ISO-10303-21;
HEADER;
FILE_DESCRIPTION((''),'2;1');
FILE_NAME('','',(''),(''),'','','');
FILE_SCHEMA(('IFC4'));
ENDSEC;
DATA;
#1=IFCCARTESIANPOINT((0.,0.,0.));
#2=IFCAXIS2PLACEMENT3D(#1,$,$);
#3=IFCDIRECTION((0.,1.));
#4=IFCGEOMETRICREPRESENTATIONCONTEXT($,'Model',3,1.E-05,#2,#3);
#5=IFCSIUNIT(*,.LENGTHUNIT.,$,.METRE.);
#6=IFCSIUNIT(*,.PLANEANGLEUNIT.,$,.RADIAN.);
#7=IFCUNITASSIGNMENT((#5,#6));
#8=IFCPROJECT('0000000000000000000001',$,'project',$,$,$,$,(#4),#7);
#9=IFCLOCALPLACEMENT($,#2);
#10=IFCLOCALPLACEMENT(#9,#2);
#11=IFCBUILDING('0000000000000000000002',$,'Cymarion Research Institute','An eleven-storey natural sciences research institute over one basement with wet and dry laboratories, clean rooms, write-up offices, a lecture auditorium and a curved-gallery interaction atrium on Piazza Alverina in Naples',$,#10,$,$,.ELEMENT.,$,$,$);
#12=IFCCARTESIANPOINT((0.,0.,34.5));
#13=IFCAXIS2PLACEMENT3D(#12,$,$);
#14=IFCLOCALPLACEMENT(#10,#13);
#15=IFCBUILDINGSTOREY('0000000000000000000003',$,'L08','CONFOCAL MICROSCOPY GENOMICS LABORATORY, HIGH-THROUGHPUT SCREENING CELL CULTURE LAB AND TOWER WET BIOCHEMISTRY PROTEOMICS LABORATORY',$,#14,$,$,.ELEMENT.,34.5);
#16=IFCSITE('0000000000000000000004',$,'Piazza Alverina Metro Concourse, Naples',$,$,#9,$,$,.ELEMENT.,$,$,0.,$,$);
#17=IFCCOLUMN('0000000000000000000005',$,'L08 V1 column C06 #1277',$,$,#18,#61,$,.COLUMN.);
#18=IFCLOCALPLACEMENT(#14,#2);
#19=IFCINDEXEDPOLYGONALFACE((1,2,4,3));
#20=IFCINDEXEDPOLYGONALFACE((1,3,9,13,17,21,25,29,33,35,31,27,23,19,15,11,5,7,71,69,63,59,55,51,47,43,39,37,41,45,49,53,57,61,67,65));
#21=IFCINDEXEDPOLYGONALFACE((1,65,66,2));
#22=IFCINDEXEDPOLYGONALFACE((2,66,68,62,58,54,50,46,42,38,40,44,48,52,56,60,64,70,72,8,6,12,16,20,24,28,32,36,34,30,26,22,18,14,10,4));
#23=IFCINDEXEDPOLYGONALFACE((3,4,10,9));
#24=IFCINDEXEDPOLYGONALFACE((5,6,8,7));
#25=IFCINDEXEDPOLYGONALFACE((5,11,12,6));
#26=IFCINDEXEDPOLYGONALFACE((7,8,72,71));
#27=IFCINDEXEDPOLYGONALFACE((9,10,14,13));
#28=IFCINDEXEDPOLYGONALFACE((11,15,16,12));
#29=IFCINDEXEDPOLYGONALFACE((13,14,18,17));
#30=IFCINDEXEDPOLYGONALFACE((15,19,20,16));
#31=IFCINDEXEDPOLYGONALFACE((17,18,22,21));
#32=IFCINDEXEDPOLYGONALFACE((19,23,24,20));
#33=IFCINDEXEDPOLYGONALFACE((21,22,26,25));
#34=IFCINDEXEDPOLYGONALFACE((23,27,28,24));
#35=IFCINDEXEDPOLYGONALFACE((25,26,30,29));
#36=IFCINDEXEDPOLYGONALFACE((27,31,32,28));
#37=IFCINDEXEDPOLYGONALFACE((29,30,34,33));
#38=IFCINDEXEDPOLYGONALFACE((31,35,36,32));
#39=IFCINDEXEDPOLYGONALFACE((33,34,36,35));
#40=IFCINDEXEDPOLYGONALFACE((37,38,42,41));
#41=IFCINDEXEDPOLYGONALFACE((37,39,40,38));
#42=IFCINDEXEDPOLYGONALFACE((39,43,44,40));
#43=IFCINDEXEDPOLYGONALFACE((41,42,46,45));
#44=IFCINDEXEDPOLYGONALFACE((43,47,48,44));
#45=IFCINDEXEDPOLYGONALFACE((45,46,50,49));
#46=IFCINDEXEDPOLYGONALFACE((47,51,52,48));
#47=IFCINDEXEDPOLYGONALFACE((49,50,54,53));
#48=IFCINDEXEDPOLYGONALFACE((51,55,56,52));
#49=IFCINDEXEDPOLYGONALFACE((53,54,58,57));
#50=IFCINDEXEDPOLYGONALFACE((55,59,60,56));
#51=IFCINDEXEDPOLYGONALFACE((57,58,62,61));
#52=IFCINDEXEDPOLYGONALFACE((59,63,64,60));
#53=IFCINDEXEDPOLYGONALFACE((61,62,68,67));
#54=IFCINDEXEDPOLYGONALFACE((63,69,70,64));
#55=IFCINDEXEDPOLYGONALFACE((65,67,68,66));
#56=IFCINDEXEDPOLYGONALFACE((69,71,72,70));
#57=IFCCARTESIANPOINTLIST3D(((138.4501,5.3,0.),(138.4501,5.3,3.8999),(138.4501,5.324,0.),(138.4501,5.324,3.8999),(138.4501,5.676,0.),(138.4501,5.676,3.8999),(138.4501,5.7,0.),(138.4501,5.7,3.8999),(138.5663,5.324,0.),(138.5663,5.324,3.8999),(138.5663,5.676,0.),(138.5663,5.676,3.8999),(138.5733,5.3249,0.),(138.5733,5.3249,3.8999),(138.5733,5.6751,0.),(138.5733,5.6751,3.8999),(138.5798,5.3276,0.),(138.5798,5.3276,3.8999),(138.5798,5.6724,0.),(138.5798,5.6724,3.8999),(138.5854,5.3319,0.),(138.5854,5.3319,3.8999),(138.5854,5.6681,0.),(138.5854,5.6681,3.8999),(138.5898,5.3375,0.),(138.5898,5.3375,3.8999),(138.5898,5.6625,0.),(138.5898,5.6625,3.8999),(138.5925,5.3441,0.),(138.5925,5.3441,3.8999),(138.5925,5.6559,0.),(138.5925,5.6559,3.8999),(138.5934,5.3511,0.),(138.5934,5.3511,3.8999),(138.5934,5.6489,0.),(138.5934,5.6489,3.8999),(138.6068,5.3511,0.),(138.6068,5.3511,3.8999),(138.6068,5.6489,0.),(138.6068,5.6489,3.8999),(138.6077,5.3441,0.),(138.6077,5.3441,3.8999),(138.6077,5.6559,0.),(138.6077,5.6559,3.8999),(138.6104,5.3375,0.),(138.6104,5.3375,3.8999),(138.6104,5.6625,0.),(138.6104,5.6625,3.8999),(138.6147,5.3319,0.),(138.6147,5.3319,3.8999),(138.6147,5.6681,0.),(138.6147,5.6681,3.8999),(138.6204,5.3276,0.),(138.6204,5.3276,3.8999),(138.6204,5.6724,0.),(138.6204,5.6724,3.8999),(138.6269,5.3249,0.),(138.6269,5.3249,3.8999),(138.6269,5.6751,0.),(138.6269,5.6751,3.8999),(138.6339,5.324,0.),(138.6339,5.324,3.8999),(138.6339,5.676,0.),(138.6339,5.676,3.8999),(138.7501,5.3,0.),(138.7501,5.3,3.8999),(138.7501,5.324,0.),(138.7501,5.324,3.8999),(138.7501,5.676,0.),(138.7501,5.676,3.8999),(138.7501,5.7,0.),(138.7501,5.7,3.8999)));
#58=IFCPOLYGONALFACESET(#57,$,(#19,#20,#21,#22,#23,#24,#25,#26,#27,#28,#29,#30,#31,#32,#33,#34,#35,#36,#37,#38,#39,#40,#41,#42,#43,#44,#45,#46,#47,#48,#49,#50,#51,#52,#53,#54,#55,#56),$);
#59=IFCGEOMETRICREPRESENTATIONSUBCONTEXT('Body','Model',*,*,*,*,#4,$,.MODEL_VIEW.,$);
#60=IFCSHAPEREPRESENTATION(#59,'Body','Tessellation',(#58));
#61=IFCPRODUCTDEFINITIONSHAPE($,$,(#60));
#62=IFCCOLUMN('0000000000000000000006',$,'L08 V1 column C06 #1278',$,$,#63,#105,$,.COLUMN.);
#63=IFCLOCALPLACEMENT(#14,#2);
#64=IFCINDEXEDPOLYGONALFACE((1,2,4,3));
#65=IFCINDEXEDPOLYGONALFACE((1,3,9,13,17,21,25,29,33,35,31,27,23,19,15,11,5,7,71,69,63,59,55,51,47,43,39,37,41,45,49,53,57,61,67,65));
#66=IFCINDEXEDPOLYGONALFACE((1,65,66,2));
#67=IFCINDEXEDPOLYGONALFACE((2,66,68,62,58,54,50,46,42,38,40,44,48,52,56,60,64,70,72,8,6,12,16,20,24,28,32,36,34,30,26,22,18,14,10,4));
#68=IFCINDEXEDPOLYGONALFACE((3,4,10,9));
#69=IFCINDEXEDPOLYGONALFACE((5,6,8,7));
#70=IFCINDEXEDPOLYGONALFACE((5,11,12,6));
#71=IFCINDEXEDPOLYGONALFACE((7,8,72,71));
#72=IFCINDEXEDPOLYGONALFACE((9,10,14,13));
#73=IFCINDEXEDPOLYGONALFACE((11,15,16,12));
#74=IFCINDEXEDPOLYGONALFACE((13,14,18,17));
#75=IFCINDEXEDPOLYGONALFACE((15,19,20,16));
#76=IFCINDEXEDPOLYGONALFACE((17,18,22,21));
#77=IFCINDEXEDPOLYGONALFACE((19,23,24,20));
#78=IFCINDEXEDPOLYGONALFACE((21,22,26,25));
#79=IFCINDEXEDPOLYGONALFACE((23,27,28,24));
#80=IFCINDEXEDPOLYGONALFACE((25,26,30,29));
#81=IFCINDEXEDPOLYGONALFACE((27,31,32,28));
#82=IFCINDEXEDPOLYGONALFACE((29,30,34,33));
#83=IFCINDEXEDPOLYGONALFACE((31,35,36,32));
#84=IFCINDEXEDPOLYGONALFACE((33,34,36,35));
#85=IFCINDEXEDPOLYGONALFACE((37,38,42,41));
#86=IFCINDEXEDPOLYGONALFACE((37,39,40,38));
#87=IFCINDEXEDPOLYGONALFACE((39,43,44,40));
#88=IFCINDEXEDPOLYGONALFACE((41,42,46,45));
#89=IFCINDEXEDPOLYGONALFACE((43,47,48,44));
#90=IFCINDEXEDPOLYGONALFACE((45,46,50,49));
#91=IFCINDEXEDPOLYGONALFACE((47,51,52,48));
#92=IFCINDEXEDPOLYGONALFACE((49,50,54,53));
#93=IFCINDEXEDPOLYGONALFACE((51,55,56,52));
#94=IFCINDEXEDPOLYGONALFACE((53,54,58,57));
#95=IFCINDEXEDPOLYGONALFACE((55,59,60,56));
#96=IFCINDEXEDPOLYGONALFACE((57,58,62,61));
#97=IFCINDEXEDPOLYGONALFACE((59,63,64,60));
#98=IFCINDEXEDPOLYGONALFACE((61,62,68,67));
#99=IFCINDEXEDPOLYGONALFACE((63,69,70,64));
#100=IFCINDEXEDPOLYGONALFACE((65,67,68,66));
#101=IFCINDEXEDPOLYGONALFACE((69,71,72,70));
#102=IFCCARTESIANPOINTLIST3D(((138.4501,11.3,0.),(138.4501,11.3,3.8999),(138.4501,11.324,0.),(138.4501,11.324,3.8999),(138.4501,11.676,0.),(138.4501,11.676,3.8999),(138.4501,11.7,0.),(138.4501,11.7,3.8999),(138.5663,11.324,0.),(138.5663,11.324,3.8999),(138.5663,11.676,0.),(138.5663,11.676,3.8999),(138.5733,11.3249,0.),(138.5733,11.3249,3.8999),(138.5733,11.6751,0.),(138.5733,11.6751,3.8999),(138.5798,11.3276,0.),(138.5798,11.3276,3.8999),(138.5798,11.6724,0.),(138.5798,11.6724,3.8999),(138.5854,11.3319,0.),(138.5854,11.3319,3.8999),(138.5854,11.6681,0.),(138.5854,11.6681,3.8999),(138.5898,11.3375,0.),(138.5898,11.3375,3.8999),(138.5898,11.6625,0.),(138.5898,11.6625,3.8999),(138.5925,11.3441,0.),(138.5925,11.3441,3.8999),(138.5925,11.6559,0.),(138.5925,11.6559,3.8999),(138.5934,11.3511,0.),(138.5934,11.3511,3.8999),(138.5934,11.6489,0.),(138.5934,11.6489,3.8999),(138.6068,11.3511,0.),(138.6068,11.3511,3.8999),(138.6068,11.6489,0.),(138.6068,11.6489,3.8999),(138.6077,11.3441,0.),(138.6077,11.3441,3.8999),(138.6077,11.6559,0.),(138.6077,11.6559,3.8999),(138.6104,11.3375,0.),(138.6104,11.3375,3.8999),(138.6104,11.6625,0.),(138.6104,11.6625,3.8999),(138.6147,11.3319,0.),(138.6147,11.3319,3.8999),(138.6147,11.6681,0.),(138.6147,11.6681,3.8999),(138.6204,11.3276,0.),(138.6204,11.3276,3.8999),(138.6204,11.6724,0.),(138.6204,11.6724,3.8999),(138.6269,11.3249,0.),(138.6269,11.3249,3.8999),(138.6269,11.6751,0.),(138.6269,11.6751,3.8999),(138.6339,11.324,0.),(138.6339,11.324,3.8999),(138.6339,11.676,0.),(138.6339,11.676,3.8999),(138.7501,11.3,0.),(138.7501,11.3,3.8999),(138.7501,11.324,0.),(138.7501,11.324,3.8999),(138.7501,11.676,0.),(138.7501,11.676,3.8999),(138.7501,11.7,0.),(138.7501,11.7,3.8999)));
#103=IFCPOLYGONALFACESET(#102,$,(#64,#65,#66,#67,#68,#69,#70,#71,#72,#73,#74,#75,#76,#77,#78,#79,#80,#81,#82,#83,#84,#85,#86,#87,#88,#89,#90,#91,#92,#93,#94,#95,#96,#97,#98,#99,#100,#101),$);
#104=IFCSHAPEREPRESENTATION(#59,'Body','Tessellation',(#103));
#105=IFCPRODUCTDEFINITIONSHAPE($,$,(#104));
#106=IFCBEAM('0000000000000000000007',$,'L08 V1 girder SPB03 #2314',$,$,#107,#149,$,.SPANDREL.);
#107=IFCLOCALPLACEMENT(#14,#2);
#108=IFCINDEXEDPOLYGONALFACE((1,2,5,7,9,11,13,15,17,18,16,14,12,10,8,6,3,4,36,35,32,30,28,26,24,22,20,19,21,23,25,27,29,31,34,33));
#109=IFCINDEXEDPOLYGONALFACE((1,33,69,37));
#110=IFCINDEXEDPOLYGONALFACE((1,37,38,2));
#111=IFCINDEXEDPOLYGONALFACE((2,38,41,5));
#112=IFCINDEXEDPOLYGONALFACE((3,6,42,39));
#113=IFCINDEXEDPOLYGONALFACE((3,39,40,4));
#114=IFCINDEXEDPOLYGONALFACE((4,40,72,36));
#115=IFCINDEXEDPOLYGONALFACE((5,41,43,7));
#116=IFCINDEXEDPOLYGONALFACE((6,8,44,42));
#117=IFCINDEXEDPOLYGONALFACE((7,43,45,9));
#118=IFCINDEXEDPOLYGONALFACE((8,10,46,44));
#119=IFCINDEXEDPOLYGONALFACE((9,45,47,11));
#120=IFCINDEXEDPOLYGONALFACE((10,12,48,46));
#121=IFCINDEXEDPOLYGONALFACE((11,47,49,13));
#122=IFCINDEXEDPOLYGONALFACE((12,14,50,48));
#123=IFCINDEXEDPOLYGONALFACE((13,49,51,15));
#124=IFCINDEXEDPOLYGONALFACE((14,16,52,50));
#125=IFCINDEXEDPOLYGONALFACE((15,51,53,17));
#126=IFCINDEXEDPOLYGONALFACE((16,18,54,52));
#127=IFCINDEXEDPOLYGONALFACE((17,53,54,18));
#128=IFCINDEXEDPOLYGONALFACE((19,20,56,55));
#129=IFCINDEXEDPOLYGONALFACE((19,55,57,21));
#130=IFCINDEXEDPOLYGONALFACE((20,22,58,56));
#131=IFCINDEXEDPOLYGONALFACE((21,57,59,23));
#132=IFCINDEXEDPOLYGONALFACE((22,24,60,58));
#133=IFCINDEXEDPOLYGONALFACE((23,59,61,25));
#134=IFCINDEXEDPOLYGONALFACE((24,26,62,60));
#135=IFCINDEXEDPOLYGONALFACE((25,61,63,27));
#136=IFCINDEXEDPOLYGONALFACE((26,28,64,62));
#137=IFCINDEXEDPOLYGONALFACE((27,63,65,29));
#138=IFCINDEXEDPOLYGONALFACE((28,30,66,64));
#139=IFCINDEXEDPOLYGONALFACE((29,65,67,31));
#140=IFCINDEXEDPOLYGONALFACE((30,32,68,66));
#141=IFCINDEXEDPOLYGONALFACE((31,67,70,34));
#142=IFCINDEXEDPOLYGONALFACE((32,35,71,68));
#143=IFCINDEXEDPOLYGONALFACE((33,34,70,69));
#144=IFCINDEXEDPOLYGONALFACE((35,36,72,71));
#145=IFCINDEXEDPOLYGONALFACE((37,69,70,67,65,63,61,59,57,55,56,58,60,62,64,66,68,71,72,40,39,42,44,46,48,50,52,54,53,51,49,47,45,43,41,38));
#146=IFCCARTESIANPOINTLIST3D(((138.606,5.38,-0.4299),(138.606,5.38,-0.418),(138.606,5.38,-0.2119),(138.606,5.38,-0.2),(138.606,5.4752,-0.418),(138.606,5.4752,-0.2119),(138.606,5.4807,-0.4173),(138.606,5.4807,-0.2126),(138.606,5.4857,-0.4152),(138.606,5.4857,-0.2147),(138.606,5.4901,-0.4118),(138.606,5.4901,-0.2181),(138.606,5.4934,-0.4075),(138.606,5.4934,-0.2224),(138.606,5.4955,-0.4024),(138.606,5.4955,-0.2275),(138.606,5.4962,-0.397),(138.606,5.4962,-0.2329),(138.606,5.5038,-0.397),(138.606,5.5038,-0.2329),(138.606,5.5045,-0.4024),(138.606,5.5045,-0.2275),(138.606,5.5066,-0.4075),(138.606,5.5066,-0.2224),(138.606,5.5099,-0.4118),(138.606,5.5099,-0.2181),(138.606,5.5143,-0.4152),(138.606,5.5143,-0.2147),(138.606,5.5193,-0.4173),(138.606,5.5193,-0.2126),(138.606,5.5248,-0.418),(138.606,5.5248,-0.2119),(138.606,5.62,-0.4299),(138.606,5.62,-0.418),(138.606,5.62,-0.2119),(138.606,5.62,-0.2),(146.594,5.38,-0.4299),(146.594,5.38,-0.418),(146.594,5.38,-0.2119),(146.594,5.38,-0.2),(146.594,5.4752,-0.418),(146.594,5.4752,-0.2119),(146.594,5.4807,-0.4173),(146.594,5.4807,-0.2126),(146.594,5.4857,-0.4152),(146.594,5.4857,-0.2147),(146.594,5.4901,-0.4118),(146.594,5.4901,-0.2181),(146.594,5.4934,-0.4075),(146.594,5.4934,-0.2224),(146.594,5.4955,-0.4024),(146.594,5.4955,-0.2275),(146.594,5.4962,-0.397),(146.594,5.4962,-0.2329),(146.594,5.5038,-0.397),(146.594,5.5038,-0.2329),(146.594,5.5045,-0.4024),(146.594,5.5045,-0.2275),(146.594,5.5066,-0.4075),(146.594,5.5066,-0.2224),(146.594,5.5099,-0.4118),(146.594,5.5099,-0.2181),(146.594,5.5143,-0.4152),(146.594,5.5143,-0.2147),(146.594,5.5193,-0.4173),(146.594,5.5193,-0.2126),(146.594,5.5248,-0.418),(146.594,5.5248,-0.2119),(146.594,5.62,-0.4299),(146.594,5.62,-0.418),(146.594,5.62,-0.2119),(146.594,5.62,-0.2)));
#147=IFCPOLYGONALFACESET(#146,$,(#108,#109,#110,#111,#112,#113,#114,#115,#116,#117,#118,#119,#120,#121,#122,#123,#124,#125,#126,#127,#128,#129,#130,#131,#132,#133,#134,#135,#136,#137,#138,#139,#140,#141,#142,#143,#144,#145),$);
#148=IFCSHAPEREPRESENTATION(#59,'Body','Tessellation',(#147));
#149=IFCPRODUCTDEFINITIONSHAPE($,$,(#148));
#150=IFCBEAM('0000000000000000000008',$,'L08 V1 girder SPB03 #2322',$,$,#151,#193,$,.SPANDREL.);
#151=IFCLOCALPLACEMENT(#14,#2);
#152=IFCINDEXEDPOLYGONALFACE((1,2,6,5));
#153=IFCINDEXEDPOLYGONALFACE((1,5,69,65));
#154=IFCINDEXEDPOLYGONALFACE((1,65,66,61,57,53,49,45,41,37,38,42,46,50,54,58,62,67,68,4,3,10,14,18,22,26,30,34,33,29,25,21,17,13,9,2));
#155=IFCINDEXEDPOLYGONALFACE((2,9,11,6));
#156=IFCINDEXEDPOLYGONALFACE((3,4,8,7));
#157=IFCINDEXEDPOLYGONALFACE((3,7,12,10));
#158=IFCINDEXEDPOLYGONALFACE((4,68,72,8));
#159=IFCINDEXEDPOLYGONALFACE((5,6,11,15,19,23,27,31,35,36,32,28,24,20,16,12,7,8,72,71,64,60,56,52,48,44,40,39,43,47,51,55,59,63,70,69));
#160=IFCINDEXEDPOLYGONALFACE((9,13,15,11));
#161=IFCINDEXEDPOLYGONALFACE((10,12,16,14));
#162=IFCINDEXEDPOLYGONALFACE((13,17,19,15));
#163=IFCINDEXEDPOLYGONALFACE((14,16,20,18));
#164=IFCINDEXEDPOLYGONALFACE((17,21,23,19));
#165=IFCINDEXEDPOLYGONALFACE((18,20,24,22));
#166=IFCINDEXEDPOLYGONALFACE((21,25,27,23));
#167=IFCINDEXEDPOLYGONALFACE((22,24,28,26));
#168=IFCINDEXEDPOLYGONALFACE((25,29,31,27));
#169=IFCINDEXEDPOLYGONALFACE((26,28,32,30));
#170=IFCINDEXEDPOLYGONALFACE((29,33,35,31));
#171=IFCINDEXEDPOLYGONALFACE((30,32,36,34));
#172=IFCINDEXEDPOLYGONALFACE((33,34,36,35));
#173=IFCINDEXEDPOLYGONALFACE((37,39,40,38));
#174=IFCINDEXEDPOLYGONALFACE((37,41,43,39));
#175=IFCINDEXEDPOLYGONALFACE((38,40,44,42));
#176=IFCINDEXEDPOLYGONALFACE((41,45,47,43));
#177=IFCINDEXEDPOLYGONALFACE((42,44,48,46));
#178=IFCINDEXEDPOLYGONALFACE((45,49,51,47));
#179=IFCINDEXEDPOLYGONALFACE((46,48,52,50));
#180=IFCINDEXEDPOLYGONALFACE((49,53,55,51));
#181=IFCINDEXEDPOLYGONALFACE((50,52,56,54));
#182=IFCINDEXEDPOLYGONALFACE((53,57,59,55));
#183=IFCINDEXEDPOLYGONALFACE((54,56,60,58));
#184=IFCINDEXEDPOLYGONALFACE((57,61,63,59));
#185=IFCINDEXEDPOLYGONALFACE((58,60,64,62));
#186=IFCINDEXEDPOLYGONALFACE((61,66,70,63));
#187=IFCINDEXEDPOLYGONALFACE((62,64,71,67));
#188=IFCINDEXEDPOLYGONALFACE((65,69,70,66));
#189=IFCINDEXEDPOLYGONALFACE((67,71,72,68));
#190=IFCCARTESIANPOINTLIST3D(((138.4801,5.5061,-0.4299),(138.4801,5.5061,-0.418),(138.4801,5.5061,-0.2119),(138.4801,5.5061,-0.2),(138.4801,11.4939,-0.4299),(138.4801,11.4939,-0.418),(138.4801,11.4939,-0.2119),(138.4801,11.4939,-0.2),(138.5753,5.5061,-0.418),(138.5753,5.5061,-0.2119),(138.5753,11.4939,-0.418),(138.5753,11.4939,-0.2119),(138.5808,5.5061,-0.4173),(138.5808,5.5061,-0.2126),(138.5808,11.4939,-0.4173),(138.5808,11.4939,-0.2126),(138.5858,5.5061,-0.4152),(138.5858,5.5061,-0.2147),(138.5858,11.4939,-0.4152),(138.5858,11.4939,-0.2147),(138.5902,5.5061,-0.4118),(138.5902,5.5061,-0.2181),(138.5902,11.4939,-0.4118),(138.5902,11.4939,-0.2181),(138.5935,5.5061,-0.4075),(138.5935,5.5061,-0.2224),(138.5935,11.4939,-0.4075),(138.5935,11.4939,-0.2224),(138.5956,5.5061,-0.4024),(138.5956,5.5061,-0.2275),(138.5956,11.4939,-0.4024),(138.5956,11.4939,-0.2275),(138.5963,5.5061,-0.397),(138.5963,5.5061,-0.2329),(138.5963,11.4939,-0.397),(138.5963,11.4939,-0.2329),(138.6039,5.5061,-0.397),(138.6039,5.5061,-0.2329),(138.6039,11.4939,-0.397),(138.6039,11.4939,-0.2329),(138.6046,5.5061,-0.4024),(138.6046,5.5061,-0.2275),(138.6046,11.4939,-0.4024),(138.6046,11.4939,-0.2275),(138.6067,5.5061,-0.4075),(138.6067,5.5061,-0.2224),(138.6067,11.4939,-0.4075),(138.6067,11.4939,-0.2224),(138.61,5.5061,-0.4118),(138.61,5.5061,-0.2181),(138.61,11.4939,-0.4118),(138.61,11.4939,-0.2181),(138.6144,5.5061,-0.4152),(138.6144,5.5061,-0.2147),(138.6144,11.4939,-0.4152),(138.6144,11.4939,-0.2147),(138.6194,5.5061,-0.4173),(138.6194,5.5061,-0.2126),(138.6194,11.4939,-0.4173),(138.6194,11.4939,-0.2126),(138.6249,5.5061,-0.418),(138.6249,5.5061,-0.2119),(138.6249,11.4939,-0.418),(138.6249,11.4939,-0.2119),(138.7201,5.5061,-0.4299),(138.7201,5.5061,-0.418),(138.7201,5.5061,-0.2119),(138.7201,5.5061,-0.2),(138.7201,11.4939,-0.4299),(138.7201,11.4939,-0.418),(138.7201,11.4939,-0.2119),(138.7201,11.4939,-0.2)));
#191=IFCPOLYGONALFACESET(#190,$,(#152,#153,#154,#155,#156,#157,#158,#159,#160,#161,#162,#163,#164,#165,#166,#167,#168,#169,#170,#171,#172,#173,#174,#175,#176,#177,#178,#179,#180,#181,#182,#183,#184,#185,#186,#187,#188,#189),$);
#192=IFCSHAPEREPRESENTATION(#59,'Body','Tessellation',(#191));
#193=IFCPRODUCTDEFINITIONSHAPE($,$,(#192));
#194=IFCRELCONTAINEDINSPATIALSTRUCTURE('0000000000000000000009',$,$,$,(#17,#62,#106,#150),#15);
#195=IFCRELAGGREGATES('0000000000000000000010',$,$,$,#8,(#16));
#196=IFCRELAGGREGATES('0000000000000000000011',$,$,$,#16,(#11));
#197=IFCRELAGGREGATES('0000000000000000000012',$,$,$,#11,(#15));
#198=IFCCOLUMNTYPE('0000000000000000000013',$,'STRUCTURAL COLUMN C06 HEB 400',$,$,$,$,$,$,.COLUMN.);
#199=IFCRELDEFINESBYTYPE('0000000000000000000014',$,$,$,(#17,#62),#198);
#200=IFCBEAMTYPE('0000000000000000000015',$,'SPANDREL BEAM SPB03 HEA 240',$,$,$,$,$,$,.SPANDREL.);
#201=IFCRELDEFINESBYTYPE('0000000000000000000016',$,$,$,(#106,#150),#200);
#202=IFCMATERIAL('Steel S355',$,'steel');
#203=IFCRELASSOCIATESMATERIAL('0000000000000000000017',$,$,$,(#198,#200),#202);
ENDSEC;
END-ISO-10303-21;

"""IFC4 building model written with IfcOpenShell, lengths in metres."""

from ifc_helpers import new_model, si_unit, direction, frame, origin, origin_2d, place, context, subcontext, project, spatial, i_section, extrude, material, material_profile, profile_set, type_object, element, save


model = new_model("IFC4")

# Units and contexts
model_context = context("Model", 3, precision=1e-05, world=origin(), true_north=direction((0.0, 1.0)))
body_context = subcontext(model_context, "Body", "Model", "MODEL_VIEW")
ifc_project = project(units=[si_unit("LENGTHUNIT", "METRE"), si_unit("PLANEANGLEUNIT", "RADIAN")], contexts=[model_context])

# Site, building, storey
site_placement = place(None, origin())
site = spatial("IfcSite", under=ifc_project, at=site_placement, Name="Piazza Alverina Metro Concourse, Naples", CompositionType="ELEMENT", RefElevation=0.0)
building_placement = place(site_placement, origin())
building = spatial("IfcBuilding", under=site, at=building_placement, Name="Cymarion Research Institute", Description="An eleven-storey natural sciences research institute over one basement with wet and dry laboratories, clean rooms, write-up offices, a lecture auditorium and a curved-gallery interaction atrium on Piazza Alverina in Naples", CompositionType="ELEMENT")
storey_placement = place(building_placement, frame((0.0, 0.0, 34.5)))
storey = spatial("IfcBuildingStorey", under=building, at=storey_placement, Name="L08", Description="CONFOCAL MICROSCOPY GENOMICS LABORATORY, HIGH-THROUGHPUT SCREENING CELL CULTURE LAB AND TOWER WET BIOCHEMISTRY PROTEOMICS LABORATORY", CompositionType="ELEMENT", Elevation=34.5)

# Columns
ifc_material_1 = material(Name="Steel S355", Category="steel")
ifc_material_profile_1 = material_profile(ifc_material_1, i_section(OverallWidth=0.3, OverallDepth=0.3999, WebThickness=0.0134, FlangeThickness=0.0239, FilletRadius=0.0271, at=origin_2d()), Name="HEB 400")
ifc_profile_set_1 = profile_set([ifc_material_profile_1], Name="Steel S355")
column_type = type_object("IfcColumnType", Name="STRUCTURAL COLUMN C06 HEB 400", PredefinedType="COLUMN", material=ifc_profile_set_1)
for number, where, z_axis, x_axis, name in (
    (1, (138.6001, 5.5, 0.0), (0.0, 0.0, 1.0), (1.0, 0.0, 0.0), "L08 V1 column C06 #1277"),
    (2, (138.6001, 11.5, 0.0), (0.0, 0.0, 1.0), (1.0, 0.0, 0.0), "L08 V1 column C06 #1278"),
):
    element("IfcColumn", number, at=place(storey_placement, frame(where, z_axis=z_axis, x_axis=x_axis)), inside=storey, type_object=column_type, Name=name, PredefinedType="COLUMN", context=body_context, shape_type="SweptSolid", body=[
        extrude(i_section(OverallWidth=0.3, OverallDepth=0.3999, WebThickness=0.0134, FlangeThickness=0.0239, FilletRadius=0.0271, at=origin_2d()), origin(), (0.0, 0.0, 1.0), 3.8999),
    ])

# Beams
ifc_material_profile_2 = material_profile(ifc_material_1, i_section(OverallWidth=0.24, OverallDepth=0.23, WebThickness=0.0076, FlangeThickness=0.012, FilletRadius=0.021, at=origin_2d()), Name="HEA 240")
ifc_profile_set_2 = profile_set([ifc_material_profile_2], Name="Steel S355")
beam_type = type_object("IfcBeamType", Name="SPANDREL BEAM SPB03 HEA 240", PredefinedType="SPANDREL", material=ifc_profile_set_2)
beam_placement = place(storey_placement, frame((138.606, 5.5, -0.3149), z_axis=(1.0, 0.0, 0.0), x_axis=(0.0, 1.0, 0.0)))
element("IfcBeam", 3, at=beam_placement, inside=storey, type_object=beam_type, Name="L08 V1 girder SPB03 #2314", PredefinedType="SPANDREL", context=body_context, shape_type="SweptSolid", body=[
    extrude(i_section(OverallWidth=0.24, OverallDepth=0.23, WebThickness=0.0076, FlangeThickness=0.012, FilletRadius=0.021, at=origin_2d()), origin(), (0.0, 0.0, 1.0), 7.988),
])
for number, where, z_axis, x_axis, name in (
    (4, (138.6001, 5.5061, -0.3149), (0.0, 1.0, 0.0), (-1.0, 0.0, 0.0), "L08 V1 girder SPB03 #2322"),
):
    element("IfcBeam", number, at=place(storey_placement, frame(where, z_axis=z_axis, x_axis=x_axis)), inside=storey, type_object=beam_type, Name=name, PredefinedType="SPANDREL", context=body_context, shape_type="SweptSolid", body=[
        extrude(i_section(OverallWidth=0.24, OverallDepth=0.23, WebThickness=0.0076, FlangeThickness=0.012, FilletRadius=0.021, at=origin_2d()), origin(), (0.0, 0.0, 1.0), 5.9878),
    ])

save(model, "model.ifc")
